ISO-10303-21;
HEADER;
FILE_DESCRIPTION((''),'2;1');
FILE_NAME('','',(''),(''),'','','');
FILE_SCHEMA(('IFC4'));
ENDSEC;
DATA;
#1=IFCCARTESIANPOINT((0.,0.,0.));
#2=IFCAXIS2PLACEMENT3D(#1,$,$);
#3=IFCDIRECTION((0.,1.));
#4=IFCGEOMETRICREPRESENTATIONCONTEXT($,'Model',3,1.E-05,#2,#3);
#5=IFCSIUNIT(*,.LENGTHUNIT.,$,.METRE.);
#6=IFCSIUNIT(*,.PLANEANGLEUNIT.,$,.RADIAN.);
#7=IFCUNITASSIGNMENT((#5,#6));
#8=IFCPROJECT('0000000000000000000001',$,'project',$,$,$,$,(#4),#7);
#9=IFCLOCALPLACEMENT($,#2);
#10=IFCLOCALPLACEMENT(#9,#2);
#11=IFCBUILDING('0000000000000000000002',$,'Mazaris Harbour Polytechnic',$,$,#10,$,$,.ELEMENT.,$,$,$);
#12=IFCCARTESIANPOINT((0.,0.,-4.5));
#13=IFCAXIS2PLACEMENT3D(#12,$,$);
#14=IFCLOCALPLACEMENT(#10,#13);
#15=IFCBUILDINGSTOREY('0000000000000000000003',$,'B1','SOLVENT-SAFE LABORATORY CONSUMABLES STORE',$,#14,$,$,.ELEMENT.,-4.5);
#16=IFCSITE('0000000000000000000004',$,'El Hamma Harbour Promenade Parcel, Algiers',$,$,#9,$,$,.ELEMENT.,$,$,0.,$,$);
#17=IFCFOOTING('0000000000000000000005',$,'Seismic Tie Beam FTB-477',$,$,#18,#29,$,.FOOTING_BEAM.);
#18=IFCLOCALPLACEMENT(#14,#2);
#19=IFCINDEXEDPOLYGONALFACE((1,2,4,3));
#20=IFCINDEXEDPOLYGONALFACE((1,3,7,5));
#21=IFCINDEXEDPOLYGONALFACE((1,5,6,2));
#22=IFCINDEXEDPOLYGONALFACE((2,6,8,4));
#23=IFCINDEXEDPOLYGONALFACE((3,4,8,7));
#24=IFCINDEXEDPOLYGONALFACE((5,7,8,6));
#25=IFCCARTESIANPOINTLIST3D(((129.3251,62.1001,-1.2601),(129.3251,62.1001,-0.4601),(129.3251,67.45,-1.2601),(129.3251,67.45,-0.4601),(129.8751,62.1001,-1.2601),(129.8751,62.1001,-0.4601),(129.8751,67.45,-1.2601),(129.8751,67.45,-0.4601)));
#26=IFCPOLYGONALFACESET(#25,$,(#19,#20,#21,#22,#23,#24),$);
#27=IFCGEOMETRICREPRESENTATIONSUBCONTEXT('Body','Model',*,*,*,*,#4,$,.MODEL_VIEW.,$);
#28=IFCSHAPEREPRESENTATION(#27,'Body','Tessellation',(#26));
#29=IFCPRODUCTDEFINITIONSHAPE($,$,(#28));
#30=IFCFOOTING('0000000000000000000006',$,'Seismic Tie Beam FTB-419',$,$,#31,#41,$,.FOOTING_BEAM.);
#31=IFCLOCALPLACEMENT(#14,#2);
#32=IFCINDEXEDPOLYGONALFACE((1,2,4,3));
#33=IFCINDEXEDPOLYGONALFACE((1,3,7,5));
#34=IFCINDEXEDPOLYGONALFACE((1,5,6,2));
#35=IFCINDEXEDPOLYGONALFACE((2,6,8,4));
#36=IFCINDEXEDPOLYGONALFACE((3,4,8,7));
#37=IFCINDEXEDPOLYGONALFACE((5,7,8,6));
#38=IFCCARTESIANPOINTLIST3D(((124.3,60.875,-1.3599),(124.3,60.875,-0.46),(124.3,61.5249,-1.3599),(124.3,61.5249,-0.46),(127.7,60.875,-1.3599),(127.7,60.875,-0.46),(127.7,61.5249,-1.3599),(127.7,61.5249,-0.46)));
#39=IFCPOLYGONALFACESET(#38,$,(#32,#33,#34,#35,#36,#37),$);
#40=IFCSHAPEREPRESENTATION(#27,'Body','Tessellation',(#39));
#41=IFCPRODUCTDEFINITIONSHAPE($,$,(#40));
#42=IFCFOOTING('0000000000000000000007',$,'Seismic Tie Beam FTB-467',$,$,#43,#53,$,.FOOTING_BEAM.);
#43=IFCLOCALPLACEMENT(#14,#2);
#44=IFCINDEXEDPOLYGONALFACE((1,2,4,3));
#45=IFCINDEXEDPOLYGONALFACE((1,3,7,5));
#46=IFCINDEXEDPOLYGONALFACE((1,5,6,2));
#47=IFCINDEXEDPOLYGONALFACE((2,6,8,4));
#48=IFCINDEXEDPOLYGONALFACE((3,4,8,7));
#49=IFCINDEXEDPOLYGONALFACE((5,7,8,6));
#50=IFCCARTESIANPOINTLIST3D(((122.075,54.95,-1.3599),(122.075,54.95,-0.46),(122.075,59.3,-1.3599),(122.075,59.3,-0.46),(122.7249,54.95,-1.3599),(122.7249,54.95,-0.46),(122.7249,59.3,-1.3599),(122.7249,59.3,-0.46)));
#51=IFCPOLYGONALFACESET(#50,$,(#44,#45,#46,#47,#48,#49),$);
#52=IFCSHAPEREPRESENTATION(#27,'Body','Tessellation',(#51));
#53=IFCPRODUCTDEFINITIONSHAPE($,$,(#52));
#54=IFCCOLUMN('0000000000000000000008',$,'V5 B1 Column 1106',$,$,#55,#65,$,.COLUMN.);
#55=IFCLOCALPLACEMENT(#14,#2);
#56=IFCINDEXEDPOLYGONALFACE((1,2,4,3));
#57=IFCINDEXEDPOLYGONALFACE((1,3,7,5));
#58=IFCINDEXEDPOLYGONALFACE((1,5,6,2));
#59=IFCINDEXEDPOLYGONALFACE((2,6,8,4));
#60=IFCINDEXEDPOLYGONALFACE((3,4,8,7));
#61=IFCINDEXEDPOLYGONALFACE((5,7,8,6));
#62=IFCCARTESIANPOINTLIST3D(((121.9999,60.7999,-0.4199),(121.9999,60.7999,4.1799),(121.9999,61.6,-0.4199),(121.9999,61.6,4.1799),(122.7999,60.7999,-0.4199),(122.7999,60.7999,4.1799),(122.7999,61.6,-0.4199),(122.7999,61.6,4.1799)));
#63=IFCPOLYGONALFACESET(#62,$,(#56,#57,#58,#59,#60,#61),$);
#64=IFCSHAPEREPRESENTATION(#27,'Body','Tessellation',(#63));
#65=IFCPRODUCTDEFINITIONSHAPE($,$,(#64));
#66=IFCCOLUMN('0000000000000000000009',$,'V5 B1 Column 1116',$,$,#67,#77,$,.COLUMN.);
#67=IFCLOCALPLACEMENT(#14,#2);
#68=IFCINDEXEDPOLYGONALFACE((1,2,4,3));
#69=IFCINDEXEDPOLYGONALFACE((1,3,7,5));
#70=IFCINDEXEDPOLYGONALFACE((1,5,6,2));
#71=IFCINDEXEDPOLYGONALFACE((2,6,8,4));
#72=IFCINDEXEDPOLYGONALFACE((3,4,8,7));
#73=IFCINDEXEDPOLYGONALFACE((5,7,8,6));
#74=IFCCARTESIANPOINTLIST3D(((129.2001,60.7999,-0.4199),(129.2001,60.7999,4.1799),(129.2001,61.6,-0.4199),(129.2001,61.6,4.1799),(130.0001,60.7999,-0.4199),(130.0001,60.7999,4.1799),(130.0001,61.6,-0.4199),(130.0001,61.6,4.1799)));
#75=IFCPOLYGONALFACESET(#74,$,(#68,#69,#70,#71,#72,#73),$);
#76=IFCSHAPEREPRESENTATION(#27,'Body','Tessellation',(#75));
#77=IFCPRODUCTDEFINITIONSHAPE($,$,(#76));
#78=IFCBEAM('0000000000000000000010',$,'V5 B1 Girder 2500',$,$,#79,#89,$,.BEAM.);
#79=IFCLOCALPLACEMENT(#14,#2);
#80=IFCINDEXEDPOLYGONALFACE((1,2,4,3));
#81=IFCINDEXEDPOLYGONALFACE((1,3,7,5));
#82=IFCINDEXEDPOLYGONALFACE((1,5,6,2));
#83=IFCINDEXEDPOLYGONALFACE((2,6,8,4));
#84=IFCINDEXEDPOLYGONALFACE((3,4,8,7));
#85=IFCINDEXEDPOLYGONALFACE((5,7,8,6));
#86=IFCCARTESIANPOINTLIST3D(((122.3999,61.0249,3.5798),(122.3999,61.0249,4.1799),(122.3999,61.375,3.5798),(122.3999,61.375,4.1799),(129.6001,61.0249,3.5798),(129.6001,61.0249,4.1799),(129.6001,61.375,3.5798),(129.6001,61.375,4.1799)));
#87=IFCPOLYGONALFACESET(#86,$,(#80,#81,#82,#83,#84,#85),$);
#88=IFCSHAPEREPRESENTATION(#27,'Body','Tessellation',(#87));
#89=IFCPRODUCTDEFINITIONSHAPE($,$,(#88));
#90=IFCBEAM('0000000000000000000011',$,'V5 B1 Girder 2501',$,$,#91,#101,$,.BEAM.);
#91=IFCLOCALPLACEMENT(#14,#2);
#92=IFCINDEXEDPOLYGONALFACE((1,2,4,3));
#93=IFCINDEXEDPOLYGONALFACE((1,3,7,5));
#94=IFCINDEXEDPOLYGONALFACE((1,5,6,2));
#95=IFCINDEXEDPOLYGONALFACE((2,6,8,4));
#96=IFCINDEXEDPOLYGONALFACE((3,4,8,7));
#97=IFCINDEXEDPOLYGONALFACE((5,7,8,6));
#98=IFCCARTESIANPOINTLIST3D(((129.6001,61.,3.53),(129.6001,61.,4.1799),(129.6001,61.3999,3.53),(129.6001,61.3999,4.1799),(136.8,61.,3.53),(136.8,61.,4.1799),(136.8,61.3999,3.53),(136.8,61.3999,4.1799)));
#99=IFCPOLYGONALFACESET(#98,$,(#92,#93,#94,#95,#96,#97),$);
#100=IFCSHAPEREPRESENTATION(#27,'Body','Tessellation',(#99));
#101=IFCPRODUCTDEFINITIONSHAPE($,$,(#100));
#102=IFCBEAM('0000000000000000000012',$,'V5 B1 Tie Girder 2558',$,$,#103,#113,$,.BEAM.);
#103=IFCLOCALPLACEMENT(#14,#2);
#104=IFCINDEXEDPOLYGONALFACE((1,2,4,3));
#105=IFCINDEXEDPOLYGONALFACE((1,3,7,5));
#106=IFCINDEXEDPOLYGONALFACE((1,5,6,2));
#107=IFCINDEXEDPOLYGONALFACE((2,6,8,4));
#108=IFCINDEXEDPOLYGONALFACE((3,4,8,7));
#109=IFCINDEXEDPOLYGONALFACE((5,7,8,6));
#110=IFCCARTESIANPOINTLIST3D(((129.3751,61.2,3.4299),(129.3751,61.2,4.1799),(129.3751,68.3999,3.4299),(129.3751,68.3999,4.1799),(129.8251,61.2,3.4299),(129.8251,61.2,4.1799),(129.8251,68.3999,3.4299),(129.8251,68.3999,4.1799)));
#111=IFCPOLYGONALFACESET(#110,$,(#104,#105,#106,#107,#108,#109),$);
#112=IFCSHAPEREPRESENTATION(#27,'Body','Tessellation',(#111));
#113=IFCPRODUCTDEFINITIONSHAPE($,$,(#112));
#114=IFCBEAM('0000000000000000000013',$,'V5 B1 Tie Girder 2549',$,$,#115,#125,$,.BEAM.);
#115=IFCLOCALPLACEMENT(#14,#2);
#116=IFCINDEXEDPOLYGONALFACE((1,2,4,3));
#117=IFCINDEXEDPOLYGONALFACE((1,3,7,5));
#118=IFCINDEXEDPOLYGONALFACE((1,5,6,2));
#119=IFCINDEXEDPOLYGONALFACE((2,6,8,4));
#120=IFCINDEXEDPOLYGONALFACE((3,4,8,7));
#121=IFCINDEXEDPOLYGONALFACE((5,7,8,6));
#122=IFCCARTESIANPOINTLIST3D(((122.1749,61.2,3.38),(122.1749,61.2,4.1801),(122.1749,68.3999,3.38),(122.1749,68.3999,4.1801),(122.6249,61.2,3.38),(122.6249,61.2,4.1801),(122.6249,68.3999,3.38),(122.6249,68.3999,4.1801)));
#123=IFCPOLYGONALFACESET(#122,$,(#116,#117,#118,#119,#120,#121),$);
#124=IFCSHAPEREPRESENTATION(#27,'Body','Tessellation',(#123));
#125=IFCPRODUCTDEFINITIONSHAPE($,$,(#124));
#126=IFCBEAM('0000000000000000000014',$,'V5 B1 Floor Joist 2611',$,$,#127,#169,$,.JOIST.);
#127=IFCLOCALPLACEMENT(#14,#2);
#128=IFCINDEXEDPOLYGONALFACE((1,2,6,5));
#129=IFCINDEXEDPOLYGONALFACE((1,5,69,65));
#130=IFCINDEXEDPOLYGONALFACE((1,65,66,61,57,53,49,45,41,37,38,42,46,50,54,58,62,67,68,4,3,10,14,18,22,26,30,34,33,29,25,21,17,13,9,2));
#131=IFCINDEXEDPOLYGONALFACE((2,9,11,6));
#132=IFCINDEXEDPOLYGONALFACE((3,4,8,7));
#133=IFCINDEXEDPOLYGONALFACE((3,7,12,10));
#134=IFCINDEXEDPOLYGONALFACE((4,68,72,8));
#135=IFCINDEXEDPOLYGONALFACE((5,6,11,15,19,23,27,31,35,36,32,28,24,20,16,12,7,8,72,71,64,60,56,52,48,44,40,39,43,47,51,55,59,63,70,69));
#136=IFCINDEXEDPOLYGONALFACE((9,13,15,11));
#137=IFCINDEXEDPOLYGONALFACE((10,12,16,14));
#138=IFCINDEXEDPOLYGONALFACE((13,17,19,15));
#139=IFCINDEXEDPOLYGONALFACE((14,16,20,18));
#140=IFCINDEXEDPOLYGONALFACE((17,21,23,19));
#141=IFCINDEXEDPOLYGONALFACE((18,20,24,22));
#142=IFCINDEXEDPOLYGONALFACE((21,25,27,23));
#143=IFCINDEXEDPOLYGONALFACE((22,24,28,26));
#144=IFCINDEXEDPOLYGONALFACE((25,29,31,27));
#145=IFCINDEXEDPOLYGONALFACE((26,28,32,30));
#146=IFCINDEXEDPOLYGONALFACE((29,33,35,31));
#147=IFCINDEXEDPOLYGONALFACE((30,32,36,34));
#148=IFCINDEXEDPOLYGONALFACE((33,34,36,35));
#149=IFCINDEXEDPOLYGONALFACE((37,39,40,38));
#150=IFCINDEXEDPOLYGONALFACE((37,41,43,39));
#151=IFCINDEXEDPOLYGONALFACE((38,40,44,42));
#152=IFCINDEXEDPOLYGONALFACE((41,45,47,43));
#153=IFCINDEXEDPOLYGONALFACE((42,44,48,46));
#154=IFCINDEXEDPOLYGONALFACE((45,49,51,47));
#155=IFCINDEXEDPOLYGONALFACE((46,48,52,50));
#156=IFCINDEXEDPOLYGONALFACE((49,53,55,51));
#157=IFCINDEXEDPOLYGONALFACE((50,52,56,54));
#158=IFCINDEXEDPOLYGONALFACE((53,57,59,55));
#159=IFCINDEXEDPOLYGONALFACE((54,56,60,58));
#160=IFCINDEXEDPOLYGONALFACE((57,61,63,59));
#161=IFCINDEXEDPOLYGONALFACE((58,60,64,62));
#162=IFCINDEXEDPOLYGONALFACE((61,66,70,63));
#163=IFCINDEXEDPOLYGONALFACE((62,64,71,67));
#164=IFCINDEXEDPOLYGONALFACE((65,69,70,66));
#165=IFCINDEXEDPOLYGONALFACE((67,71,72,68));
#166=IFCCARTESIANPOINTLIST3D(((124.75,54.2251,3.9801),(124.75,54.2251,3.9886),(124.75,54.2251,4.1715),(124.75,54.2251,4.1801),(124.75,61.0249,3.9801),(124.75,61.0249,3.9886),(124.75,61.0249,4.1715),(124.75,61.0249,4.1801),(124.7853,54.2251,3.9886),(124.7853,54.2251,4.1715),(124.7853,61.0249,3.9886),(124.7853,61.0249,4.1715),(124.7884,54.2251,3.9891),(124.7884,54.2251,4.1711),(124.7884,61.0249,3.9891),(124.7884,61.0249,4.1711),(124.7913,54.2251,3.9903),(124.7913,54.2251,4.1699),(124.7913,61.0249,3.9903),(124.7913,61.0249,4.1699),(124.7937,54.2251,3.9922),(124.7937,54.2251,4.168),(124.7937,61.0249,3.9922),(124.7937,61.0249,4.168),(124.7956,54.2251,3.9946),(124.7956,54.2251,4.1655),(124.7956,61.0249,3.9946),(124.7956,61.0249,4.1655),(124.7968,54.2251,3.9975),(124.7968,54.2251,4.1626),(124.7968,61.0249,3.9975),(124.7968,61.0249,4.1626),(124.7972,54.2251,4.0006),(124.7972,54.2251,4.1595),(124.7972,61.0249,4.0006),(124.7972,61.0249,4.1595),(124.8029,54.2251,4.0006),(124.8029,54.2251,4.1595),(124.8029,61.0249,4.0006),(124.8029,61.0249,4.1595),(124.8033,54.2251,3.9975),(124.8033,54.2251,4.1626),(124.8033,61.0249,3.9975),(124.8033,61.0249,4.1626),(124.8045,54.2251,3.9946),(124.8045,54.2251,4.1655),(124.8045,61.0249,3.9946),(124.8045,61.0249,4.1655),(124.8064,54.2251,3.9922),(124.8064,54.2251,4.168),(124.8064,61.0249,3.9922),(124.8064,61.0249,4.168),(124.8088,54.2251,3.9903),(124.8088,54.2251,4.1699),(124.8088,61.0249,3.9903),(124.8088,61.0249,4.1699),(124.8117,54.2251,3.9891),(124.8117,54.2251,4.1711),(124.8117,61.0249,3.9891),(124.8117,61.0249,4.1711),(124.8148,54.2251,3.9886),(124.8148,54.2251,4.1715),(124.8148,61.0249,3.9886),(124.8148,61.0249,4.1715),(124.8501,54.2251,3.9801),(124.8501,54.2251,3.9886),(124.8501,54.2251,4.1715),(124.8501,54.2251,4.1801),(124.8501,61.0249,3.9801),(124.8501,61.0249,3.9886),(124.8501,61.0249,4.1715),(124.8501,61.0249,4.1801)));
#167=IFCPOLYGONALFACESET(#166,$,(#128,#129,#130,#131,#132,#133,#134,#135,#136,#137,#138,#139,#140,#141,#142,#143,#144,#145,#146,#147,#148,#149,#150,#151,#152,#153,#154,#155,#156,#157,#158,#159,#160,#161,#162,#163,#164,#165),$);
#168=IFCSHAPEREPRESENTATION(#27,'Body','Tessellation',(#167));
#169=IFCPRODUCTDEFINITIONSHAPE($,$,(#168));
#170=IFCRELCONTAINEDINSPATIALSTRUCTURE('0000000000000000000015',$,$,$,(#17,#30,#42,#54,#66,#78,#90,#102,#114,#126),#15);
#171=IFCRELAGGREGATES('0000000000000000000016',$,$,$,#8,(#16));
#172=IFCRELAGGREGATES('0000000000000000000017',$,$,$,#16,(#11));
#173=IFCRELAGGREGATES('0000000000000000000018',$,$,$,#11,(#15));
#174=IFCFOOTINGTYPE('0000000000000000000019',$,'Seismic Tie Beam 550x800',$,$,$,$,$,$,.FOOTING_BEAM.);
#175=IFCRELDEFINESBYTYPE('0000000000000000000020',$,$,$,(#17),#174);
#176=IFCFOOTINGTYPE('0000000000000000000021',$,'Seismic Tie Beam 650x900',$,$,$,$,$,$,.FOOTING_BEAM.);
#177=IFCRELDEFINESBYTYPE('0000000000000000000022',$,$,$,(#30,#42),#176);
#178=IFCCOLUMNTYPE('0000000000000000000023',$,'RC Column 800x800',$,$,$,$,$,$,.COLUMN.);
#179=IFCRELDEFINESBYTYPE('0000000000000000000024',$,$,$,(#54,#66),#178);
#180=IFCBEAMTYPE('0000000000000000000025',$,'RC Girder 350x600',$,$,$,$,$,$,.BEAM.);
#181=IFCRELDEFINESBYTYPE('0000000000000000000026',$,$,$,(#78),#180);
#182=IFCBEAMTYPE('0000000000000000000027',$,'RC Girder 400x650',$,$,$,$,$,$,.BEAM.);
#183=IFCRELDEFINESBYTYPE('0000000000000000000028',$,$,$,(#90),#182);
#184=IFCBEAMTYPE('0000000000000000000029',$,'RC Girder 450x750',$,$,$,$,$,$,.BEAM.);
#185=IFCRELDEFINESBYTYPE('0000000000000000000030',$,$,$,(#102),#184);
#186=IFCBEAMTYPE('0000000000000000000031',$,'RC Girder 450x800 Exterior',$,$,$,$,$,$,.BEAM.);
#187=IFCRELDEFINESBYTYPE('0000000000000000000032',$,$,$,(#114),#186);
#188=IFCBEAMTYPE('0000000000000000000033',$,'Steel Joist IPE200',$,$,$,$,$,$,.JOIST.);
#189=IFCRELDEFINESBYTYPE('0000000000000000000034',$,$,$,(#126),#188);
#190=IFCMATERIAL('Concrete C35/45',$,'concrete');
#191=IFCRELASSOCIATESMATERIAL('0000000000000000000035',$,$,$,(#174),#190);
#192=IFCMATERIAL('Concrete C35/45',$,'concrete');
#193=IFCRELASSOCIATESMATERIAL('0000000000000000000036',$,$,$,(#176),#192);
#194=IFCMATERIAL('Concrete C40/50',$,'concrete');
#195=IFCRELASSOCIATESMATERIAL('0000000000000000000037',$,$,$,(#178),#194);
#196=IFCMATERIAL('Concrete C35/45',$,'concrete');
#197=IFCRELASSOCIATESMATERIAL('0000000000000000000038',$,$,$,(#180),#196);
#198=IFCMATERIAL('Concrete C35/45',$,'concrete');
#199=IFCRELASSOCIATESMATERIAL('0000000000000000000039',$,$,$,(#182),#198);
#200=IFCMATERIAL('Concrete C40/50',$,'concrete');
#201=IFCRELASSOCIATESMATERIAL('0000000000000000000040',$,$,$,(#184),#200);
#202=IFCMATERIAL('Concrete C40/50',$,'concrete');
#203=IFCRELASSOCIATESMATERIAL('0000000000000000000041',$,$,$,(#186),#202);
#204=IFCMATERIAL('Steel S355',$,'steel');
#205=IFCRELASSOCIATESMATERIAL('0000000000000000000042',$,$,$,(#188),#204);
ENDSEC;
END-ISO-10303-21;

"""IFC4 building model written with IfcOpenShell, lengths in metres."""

from ifc_helpers import new_model, si_unit, direction, frame, origin, origin_2d, place, context, subcontext, project, spatial, rectangle, i_section, extrude, material, material_profile, profile_set, type_object, element, save


model = new_model("IFC4")

# Units and contexts
model_context = context("Model", 3, precision=1e-05, world=origin(), true_north=direction((0.0, 1.0)))
body_context = subcontext(model_context, "Body", "Model", "MODEL_VIEW")
ifc_project = project(units=[si_unit("LENGTHUNIT", "METRE"), si_unit("PLANEANGLEUNIT", "RADIAN")], contexts=[model_context])

# Site, building, storey
site_placement = place(None, origin())
site = spatial("IfcSite", under=ifc_project, at=site_placement, Name="El Hamma Harbour Promenade Parcel, Algiers", CompositionType="ELEMENT", RefElevation=0.0)
building_placement = place(site_placement, origin())
building = spatial("IfcBuilding", under=site, at=building_placement, Name="Mazaris Harbour Polytechnic", CompositionType="ELEMENT")
storey_placement = place(building_placement, frame((0.0, 0.0, -4.5)))
storey = spatial("IfcBuildingStorey", under=building, at=storey_placement, Name="B1", Description="SOLVENT-SAFE LABORATORY CONSUMABLES STORE", CompositionType="ELEMENT", Elevation=-4.5)

# Footings
ifc_material_1 = material(Name="Concrete C35/45", Category="concrete")
ifc_material_profile_1 = material_profile(ifc_material_1, rectangle(XDim=0.55, YDim=0.8, at=origin_2d()), Name="RECT550x800")
ifc_profile_set_1 = profile_set([ifc_material_profile_1], Name="Concrete C35/45")
footing_type_1 = type_object("IfcFootingType", Name="Seismic Tie Beam 550x800", PredefinedType="FOOTING_BEAM", material=ifc_profile_set_1)
footing_1_placement = place(storey_placement, frame((129.6001, 62.1001, -0.8601), z_axis=(0.0, 1.0, 0.0), x_axis=(-1.0, 0.0, 0.0)))
element("IfcFooting", 1, at=footing_1_placement, inside=storey, type_object=footing_type_1, Name="Seismic Tie Beam FTB-477", PredefinedType="FOOTING_BEAM", context=body_context, shape_type="SweptSolid", body=[
    extrude(rectangle(XDim=0.55, YDim=0.8, at=origin_2d()), origin(), (0.0, 0.0, 1.0), 5.3499),
])
ifc_material_2 = material(Name="Concrete C35/45", Category="concrete")
ifc_material_profile_2 = material_profile(ifc_material_2, rectangle(XDim=0.6499, YDim=0.8999, at=origin_2d()), Name="RECT650x900")
ifc_profile_set_2 = profile_set([ifc_material_profile_2], Name="Concrete C35/45")
footing_type_2 = type_object("IfcFootingType", Name="Seismic Tie Beam 650x900", PredefinedType="FOOTING_BEAM", material=ifc_profile_set_2)
footing_2_placement = place(storey_placement, frame((124.3, 61.2, -0.9099), z_axis=(1.0, 0.0, 0.0), x_axis=(0.0, 1.0, 0.0)))
element("IfcFooting", 2, at=footing_2_placement, inside=storey, type_object=footing_type_2, Name="Seismic Tie Beam FTB-419", PredefinedType="FOOTING_BEAM", context=body_context, shape_type="SweptSolid", body=[
    extrude(rectangle(XDim=0.6499, YDim=0.8999, at=origin_2d()), origin(), (0.0, 0.0, 1.0), 3.3999),
])
footing_3_placement = place(storey_placement, frame((122.3999, 54.95, -0.9099), z_axis=(0.0, 1.0, 0.0), x_axis=(-1.0, 0.0, 0.0)))
element("IfcFooting", 3, at=footing_3_placement, inside=storey, type_object=footing_type_2, Name="Seismic Tie Beam FTB-467", PredefinedType="FOOTING_BEAM", context=body_context, shape_type="SweptSolid", body=[
    extrude(rectangle(XDim=0.6499, YDim=0.8999, at=origin_2d()), origin(), (0.0, 0.0, 1.0), 4.3501),
])

# Columns
ifc_material_3 = material(Name="Concrete C40/50", Category="concrete")
ifc_material_profile_3 = material_profile(ifc_material_3, rectangle(XDim=0.8, YDim=0.8, at=origin_2d()), Name="RECT800x800")
ifc_profile_set_3 = profile_set([ifc_material_profile_3], Name="Concrete C40/50")
column_type = type_object("IfcColumnType", Name="RC Column 800x800", PredefinedType="COLUMN", material=ifc_profile_set_3)
for number, where, z_axis, x_axis, name in (
    (4, (122.3999, 61.2, -0.4199), (0.0, 0.0, 1.0), (1.0, 0.0, 0.0), "V5 B1 Column 1106"),
    (5, (129.6001, 61.2, -0.4199), (0.0, 0.0, 1.0), (1.0, 0.0, 0.0), "V5 B1 Column 1116"),
):
    element("IfcColumn", number, at=place(storey_placement, frame(where, z_axis=z_axis, x_axis=x_axis)), inside=storey, type_object=column_type, Name=name, PredefinedType="COLUMN", context=body_context, shape_type="SweptSolid", body=[
        extrude(rectangle(XDim=0.8, YDim=0.8, at=origin_2d()), origin(), (0.0, 0.0, 1.0), 4.5999),
    ])

# Beams
ifc_material_4 = material(Name="Concrete C35/45", Category="concrete")
ifc_material_profile_4 = material_profile(ifc_material_4, rectangle(XDim=0.3501, YDim=0.6001, at=origin_2d()), Name="RECT350x600")
ifc_profile_set_4 = profile_set([ifc_material_profile_4], Name="Concrete C35/45")
beam_type_1 = type_object("IfcBeamType", Name="RC Girder 350x600", PredefinedType="BEAM", material=ifc_profile_set_4)
beam_1_placement = place(storey_placement, frame((122.3999, 61.2, 3.8799), z_axis=(1.0, 0.0, 0.0), x_axis=(0.0, 1.0, 0.0)))
element("IfcBeam", 6, at=beam_1_placement, inside=storey, type_object=beam_type_1, Name="V5 B1 Girder 2500", PredefinedType="BEAM", context=body_context, shape_type="SweptSolid", body=[
    extrude(rectangle(XDim=0.3501, YDim=0.6001, at=origin_2d()), origin(), (0.0, 0.0, 1.0), 7.2002),
])
ifc_material_5 = material(Name="Concrete C35/45", Category="concrete")
ifc_material_profile_5 = material_profile(ifc_material_5, rectangle(XDim=0.3999, YDim=0.6499, at=origin_2d()), Name="RECT400x650")
ifc_profile_set_5 = profile_set([ifc_material_profile_5], Name="Concrete C35/45")
beam_type_2 = type_object("IfcBeamType", Name="RC Girder 400x650", PredefinedType="BEAM", material=ifc_profile_set_5)
beam_2_placement = place(storey_placement, frame((129.6001, 61.2, 3.855), z_axis=(1.0, 0.0, 0.0), x_axis=(0.0, 1.0, 0.0)))
element("IfcBeam", 7, at=beam_2_placement, inside=storey, type_object=beam_type_2, Name="V5 B1 Girder 2501", PredefinedType="BEAM", context=body_context, shape_type="SweptSolid", body=[
    extrude(rectangle(XDim=0.3999, YDim=0.6499, at=origin_2d()), origin(), (0.0, 0.0, 1.0), 7.2),
])
ifc_material_6 = material(Name="Concrete C40/50", Category="concrete")
ifc_material_profile_6 = material_profile(ifc_material_6, rectangle(XDim=0.45, YDim=0.75, at=origin_2d()), Name="RECT450x750")
ifc_profile_set_6 = profile_set([ifc_material_profile_6], Name="Concrete C40/50")
beam_type_3 = type_object("IfcBeamType", Name="RC Girder 450x750", PredefinedType="BEAM", material=ifc_profile_set_6)
beam_3_placement = place(storey_placement, frame((129.6001, 61.2, 3.8049), z_axis=(0.0, 1.0, 0.0), x_axis=(-1.0, 0.0, 0.0)))
element("IfcBeam", 8, at=beam_3_placement, inside=storey, type_object=beam_type_3, Name="V5 B1 Tie Girder 2558", PredefinedType="BEAM", context=body_context, shape_type="SweptSolid", body=[
    extrude(rectangle(XDim=0.45, YDim=0.75, at=origin_2d()), origin(), (0.0, 0.0, 1.0), 7.2),
])
ifc_material_7 = material(Name="Concrete C40/50", Category="concrete")
ifc_material_profile_7 = material_profile(ifc_material_7, rectangle(XDim=0.45, YDim=0.8, at=origin_2d()), Name="RECT450x800")
ifc_profile_set_7 = profile_set([ifc_material_profile_7], Name="Concrete C40/50")
beam_type_4 = type_object("IfcBeamType", Name="RC Girder 450x800 Exterior", PredefinedType="BEAM", material=ifc_profile_set_7)
beam_4_placement = place(storey_placement, frame((122.3999, 61.2, 3.78), z_axis=(0.0, 1.0, 0.0), x_axis=(-1.0, 0.0, 0.0)))
element("IfcBeam", 9, at=beam_4_placement, inside=storey, type_object=beam_type_4, Name="V5 B1 Tie Girder 2549", PredefinedType="BEAM", context=body_context, shape_type="SweptSolid", body=[
    extrude(rectangle(XDim=0.45, YDim=0.8, at=origin_2d()), origin(), (0.0, 0.0, 1.0), 7.2),
])
ifc_material_8 = material(Name="Steel S355", Category="steel")
ifc_material_profile_8 = material_profile(ifc_material_8, i_section(OverallWidth=0.1001, OverallDepth=0.2, WebThickness=0.0056, FlangeThickness=0.0085, FilletRadius=0.012, at=origin_2d()), Name="IPE 200")
ifc_profile_set_8 = profile_set([ifc_material_profile_8], Name="Steel S355")
beam_type_5 = type_object("IfcBeamType", Name="Steel Joist IPE200", PredefinedType="JOIST", material=ifc_profile_set_8)
beam_5_placement = place(storey_placement, frame((124.8, 54.2251, 4.0801), z_axis=(0.0, 1.0, 0.0), x_axis=(-1.0, 0.0, 0.0)))
element("IfcBeam", 10, at=beam_5_placement, inside=storey, type_object=beam_type_5, Name="V5 B1 Floor Joist 2611", PredefinedType="JOIST", context=body_context, shape_type="SweptSolid", body=[
    extrude(i_section(OverallWidth=0.1001, OverallDepth=0.2, WebThickness=0.0056, FlangeThickness=0.0085, FilletRadius=0.012, at=origin_2d()), origin(), (0.0, 0.0, 1.0), 6.7998),
])

save(model, "model.ifc")
